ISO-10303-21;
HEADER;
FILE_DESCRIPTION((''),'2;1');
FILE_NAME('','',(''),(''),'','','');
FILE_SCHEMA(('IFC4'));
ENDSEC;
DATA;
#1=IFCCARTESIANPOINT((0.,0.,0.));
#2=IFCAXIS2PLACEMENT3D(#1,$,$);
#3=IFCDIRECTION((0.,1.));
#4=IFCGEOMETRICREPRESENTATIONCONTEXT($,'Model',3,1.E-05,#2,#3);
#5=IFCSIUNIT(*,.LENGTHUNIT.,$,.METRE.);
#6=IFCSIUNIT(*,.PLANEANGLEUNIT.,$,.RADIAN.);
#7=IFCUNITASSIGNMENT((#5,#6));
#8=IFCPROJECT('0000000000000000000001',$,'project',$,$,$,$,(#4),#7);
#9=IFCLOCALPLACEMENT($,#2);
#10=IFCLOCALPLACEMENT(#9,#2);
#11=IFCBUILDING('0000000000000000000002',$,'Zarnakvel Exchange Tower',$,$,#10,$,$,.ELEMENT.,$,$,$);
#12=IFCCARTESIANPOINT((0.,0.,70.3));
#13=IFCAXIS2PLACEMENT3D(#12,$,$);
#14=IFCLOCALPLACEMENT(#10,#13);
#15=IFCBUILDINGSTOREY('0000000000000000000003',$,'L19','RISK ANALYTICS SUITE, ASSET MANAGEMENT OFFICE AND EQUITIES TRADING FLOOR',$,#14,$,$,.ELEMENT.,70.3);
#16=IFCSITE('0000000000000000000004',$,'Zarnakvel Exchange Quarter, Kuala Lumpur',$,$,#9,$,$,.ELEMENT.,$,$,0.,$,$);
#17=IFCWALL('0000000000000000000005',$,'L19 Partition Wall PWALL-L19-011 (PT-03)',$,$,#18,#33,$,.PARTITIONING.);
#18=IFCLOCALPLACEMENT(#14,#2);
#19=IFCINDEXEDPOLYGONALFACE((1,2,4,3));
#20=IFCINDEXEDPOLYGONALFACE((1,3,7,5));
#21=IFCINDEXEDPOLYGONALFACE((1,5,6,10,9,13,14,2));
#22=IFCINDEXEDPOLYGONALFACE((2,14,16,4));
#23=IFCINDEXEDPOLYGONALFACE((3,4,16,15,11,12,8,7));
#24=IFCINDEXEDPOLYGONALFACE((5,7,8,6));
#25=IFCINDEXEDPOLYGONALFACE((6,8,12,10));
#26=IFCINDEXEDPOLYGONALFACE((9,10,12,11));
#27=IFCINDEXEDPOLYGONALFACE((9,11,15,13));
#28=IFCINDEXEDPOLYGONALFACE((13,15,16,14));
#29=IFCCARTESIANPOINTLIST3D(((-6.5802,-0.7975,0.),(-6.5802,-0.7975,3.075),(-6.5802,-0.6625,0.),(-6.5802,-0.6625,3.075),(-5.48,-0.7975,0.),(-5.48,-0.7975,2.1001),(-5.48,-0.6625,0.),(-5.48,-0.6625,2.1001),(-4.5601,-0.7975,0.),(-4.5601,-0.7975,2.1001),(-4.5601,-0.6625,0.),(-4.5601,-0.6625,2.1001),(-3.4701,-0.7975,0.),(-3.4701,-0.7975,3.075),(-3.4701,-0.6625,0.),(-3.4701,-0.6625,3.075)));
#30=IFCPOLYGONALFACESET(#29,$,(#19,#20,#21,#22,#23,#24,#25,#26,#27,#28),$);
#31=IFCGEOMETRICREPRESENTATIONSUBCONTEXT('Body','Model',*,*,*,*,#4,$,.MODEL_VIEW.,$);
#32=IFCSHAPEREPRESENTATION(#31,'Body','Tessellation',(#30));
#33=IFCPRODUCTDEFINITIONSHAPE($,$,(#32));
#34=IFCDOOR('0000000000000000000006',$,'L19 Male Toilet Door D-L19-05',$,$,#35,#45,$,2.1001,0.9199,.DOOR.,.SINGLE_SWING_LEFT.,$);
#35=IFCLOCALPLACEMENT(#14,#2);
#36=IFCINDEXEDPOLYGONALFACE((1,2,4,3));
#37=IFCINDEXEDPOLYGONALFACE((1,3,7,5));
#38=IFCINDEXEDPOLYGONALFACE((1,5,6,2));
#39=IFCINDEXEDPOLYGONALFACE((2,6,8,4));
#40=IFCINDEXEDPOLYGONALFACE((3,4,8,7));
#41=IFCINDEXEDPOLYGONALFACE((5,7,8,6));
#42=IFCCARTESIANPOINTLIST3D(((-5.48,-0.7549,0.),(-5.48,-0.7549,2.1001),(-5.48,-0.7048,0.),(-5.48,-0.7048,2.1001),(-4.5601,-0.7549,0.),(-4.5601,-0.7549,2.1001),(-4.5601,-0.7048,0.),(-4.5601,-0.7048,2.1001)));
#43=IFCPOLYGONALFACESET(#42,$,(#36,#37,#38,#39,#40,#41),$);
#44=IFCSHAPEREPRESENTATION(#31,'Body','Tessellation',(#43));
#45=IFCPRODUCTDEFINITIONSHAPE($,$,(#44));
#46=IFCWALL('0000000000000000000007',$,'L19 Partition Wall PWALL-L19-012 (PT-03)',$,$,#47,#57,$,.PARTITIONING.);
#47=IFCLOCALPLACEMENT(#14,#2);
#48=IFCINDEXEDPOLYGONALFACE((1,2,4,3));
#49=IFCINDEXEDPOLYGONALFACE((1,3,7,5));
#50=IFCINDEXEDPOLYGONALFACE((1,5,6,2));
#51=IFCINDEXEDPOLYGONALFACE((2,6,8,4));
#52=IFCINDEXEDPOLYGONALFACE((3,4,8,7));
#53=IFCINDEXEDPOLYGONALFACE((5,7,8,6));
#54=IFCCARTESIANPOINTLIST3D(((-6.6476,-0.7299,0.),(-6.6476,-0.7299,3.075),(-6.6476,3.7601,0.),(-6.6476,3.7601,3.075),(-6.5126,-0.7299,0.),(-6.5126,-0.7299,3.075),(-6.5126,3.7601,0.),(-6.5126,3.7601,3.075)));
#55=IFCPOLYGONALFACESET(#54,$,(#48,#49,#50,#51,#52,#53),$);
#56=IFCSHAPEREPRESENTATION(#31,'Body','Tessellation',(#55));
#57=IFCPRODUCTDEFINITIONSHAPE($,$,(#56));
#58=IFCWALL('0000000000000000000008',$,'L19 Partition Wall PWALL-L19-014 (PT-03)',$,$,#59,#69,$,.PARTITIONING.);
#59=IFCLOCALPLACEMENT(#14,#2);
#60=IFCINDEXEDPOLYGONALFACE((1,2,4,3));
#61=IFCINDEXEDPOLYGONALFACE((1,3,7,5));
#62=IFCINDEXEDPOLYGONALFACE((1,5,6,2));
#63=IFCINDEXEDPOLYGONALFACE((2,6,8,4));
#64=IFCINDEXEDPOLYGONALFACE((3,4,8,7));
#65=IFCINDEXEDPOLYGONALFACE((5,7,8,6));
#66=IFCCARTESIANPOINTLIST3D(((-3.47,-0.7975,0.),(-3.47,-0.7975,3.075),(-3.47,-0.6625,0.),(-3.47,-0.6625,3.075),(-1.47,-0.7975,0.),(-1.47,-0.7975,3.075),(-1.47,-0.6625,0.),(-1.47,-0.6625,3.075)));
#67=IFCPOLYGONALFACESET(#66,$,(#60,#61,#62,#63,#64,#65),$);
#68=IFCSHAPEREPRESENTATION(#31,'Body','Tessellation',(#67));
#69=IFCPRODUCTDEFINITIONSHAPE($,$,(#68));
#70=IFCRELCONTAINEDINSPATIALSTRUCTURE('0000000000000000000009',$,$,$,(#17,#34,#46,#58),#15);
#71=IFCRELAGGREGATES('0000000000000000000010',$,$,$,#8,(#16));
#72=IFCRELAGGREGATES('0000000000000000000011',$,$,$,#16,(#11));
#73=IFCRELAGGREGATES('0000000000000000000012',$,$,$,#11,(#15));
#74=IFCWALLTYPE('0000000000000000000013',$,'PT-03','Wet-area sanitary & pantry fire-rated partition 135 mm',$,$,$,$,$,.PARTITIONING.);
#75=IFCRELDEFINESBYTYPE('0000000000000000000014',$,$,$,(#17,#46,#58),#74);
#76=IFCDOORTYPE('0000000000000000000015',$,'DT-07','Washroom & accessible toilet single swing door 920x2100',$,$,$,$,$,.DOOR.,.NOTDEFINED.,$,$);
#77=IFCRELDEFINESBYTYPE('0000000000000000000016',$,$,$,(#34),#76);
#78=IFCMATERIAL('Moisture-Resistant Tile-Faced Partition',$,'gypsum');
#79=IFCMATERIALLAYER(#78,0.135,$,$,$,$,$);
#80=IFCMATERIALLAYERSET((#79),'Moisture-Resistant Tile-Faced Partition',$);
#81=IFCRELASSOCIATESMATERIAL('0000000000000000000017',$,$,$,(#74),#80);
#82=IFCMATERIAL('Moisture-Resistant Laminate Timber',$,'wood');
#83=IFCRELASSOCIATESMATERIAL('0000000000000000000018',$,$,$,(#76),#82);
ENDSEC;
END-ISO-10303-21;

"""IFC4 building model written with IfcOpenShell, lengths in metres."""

from ifc_helpers import new_model, si_unit, direction, frame, frame_2d, origin, place, context, subcontext, project, spatial, rectangle, extrude, source, transform, mapped, material, layer, layer_set, type_object, element, fill, save


model = new_model("IFC4")

# Units and contexts
model_context = context("Model", 3, precision=1e-05, world=origin(), true_north=direction((0.0, 1.0)))
body_context = subcontext(model_context, "Body", "Model", "MODEL_VIEW")
ifc_project = project(units=[si_unit("LENGTHUNIT", "METRE"), si_unit("PLANEANGLEUNIT", "RADIAN")], contexts=[model_context])

# Site, building, storey
site_placement = place(None, origin())
site = spatial("IfcSite", under=ifc_project, at=site_placement, Name="Zarnakvel Exchange Quarter, Kuala Lumpur", CompositionType="ELEMENT", RefElevation=0.0)
building_placement = place(site_placement, origin())
building = spatial("IfcBuilding", under=site, at=building_placement, Name="Zarnakvel Exchange Tower", CompositionType="ELEMENT")
storey_placement = place(building_placement, frame((0.0, 0.0, 70.3)))
storey = spatial("IfcBuildingStorey", under=building, at=storey_placement, Name="L19", Description="RISK ANALYTICS SUITE, ASSET MANAGEMENT OFFICE AND EQUITIES TRADING FLOOR", CompositionType="ELEMENT", Elevation=70.3)

# Wall, opening, door
ifc_material_1 = material(Name="Moisture-Resistant Tile-Faced Partition", Category="gypsum")
ifc_layer_1 = layer(ifc_material_1, 0.135)
ifc_layer_set_1 = layer_set([ifc_layer_1], Name="Moisture-Resistant Tile-Faced Partition")
wall_type_1 = type_object("IfcWallType", Name="PT-03", Description="Wet-area sanitary & pantry fire-rated partition 135 mm", PredefinedType="PARTITIONING", material=ifc_layer_set_1)
wall_1_placement = place(storey_placement, frame((-3.47, -0.73, 0.0), z_axis=(0.0, 0.0, 1.0), x_axis=(-1.0, 0.0, 0.0)))
wall_1 = element("IfcWall", 1, at=wall_1_placement, inside=storey, type_object=wall_type_1, Name="L19 Partition Wall PWALL-L19-011 (PT-03)", PredefinedType="PARTITIONING", context=body_context, shape_type="SweptSolid", body=[
    extrude(rectangle(XDim=3.1101, YDim=0.135, at=frame_2d((1.5552, 0.0))), origin(), (0.0, 0.0, 1.0), 3.075),
])
opening_1_placement = place(wall_1_placement, frame((1.0901, 0.0, 0.0)))
opening_1 = element("IfcOpeningElement", 2, at=opening_1_placement, cuts=wall_1, PredefinedType="OPENING", context=body_context, shape_type="SweptSolid", body=[
    extrude(rectangle(XDim=0.9199, YDim=2.1001, at=frame_2d((0.46, 1.05))), frame((0.0, 0.0774, 0.0), z_axis=(0.0, -1.0, 0.0), x_axis=(1.0, 0.0, 0.0)), (0.0, 0.0, 1.0), 0.155),
])
ifc_material_2 = material(Name="Moisture-Resistant Laminate Timber", Category="wood")
door_type_1 = type_object("IfcDoorType", Name="DT-07", Description="Washroom & accessible toilet single swing door 920x2100", OperationType="NOTDEFINED", PredefinedType="DOOR", material=ifc_material_2)
shared_shape_1 = source(origin(), body_context, "Body", "SweptSolid", [
    extrude(rectangle(XDim=0.9199, YDim=2.1001, at=frame_2d((0.46, 1.05))), frame((0.0, 0.0249, 0.0), z_axis=(0.0, -1.0, 0.0), x_axis=(1.0, 0.0, 0.0)), (0.0, 0.0, 1.0), 0.05),
])
door_1_placement = place(opening_1_placement, origin())
door_1 = element("IfcDoor", 3, at=door_1_placement, inside=storey, type_object=door_type_1, Name="L19 Male Toilet Door D-L19-05", OperationType="SINGLE_SWING_LEFT", OverallHeight=2.1001, OverallWidth=0.9199, PredefinedType="DOOR", context=body_context, shape_type="MappedRepresentation", body=[
    mapped(shared_shape_1, transform((0.0, 0.0, 0.0), x_axis=(1.0, 0.0, 0.0), y_axis=(0.0, 1.0, 0.0), z_axis=(0.0, 0.0, 1.0), scale=1.0)),
])
fill(opening_1, door_1)

# Walls
wall_2_placement = place(storey_placement, frame((-6.5801, -0.73, 0.0), z_axis=(0.0, 0.0, 1.0), x_axis=(0.0, 1.0, 0.0)))
element("IfcWall", 4, at=wall_2_placement, inside=storey, type_object=wall_type_1, Name="L19 Partition Wall PWALL-L19-012 (PT-03)", PredefinedType="PARTITIONING", context=body_context, shape_type="SweptSolid", body=[
    extrude(rectangle(XDim=4.49, YDim=0.135, at=frame_2d((2.2451, 0.0))), origin(), (0.0, 0.0, 1.0), 3.075),
])
wall_3_placement = place(storey_placement, frame((-1.47, -0.73, 0.0), z_axis=(0.0, 0.0, 1.0), x_axis=(-1.0, 0.0, 0.0)))
element("IfcWall", 5, at=wall_3_placement, inside=storey, type_object=wall_type_1, Name="L19 Partition Wall PWALL-L19-014 (PT-03)", PredefinedType="PARTITIONING", context=body_context, shape_type="SweptSolid", body=[
    extrude(rectangle(XDim=2.0, YDim=0.135, at=frame_2d((1.0, 0.0))), origin(), (0.0, 0.0, 1.0), 3.075),
])

save(model, "model.ifc")
